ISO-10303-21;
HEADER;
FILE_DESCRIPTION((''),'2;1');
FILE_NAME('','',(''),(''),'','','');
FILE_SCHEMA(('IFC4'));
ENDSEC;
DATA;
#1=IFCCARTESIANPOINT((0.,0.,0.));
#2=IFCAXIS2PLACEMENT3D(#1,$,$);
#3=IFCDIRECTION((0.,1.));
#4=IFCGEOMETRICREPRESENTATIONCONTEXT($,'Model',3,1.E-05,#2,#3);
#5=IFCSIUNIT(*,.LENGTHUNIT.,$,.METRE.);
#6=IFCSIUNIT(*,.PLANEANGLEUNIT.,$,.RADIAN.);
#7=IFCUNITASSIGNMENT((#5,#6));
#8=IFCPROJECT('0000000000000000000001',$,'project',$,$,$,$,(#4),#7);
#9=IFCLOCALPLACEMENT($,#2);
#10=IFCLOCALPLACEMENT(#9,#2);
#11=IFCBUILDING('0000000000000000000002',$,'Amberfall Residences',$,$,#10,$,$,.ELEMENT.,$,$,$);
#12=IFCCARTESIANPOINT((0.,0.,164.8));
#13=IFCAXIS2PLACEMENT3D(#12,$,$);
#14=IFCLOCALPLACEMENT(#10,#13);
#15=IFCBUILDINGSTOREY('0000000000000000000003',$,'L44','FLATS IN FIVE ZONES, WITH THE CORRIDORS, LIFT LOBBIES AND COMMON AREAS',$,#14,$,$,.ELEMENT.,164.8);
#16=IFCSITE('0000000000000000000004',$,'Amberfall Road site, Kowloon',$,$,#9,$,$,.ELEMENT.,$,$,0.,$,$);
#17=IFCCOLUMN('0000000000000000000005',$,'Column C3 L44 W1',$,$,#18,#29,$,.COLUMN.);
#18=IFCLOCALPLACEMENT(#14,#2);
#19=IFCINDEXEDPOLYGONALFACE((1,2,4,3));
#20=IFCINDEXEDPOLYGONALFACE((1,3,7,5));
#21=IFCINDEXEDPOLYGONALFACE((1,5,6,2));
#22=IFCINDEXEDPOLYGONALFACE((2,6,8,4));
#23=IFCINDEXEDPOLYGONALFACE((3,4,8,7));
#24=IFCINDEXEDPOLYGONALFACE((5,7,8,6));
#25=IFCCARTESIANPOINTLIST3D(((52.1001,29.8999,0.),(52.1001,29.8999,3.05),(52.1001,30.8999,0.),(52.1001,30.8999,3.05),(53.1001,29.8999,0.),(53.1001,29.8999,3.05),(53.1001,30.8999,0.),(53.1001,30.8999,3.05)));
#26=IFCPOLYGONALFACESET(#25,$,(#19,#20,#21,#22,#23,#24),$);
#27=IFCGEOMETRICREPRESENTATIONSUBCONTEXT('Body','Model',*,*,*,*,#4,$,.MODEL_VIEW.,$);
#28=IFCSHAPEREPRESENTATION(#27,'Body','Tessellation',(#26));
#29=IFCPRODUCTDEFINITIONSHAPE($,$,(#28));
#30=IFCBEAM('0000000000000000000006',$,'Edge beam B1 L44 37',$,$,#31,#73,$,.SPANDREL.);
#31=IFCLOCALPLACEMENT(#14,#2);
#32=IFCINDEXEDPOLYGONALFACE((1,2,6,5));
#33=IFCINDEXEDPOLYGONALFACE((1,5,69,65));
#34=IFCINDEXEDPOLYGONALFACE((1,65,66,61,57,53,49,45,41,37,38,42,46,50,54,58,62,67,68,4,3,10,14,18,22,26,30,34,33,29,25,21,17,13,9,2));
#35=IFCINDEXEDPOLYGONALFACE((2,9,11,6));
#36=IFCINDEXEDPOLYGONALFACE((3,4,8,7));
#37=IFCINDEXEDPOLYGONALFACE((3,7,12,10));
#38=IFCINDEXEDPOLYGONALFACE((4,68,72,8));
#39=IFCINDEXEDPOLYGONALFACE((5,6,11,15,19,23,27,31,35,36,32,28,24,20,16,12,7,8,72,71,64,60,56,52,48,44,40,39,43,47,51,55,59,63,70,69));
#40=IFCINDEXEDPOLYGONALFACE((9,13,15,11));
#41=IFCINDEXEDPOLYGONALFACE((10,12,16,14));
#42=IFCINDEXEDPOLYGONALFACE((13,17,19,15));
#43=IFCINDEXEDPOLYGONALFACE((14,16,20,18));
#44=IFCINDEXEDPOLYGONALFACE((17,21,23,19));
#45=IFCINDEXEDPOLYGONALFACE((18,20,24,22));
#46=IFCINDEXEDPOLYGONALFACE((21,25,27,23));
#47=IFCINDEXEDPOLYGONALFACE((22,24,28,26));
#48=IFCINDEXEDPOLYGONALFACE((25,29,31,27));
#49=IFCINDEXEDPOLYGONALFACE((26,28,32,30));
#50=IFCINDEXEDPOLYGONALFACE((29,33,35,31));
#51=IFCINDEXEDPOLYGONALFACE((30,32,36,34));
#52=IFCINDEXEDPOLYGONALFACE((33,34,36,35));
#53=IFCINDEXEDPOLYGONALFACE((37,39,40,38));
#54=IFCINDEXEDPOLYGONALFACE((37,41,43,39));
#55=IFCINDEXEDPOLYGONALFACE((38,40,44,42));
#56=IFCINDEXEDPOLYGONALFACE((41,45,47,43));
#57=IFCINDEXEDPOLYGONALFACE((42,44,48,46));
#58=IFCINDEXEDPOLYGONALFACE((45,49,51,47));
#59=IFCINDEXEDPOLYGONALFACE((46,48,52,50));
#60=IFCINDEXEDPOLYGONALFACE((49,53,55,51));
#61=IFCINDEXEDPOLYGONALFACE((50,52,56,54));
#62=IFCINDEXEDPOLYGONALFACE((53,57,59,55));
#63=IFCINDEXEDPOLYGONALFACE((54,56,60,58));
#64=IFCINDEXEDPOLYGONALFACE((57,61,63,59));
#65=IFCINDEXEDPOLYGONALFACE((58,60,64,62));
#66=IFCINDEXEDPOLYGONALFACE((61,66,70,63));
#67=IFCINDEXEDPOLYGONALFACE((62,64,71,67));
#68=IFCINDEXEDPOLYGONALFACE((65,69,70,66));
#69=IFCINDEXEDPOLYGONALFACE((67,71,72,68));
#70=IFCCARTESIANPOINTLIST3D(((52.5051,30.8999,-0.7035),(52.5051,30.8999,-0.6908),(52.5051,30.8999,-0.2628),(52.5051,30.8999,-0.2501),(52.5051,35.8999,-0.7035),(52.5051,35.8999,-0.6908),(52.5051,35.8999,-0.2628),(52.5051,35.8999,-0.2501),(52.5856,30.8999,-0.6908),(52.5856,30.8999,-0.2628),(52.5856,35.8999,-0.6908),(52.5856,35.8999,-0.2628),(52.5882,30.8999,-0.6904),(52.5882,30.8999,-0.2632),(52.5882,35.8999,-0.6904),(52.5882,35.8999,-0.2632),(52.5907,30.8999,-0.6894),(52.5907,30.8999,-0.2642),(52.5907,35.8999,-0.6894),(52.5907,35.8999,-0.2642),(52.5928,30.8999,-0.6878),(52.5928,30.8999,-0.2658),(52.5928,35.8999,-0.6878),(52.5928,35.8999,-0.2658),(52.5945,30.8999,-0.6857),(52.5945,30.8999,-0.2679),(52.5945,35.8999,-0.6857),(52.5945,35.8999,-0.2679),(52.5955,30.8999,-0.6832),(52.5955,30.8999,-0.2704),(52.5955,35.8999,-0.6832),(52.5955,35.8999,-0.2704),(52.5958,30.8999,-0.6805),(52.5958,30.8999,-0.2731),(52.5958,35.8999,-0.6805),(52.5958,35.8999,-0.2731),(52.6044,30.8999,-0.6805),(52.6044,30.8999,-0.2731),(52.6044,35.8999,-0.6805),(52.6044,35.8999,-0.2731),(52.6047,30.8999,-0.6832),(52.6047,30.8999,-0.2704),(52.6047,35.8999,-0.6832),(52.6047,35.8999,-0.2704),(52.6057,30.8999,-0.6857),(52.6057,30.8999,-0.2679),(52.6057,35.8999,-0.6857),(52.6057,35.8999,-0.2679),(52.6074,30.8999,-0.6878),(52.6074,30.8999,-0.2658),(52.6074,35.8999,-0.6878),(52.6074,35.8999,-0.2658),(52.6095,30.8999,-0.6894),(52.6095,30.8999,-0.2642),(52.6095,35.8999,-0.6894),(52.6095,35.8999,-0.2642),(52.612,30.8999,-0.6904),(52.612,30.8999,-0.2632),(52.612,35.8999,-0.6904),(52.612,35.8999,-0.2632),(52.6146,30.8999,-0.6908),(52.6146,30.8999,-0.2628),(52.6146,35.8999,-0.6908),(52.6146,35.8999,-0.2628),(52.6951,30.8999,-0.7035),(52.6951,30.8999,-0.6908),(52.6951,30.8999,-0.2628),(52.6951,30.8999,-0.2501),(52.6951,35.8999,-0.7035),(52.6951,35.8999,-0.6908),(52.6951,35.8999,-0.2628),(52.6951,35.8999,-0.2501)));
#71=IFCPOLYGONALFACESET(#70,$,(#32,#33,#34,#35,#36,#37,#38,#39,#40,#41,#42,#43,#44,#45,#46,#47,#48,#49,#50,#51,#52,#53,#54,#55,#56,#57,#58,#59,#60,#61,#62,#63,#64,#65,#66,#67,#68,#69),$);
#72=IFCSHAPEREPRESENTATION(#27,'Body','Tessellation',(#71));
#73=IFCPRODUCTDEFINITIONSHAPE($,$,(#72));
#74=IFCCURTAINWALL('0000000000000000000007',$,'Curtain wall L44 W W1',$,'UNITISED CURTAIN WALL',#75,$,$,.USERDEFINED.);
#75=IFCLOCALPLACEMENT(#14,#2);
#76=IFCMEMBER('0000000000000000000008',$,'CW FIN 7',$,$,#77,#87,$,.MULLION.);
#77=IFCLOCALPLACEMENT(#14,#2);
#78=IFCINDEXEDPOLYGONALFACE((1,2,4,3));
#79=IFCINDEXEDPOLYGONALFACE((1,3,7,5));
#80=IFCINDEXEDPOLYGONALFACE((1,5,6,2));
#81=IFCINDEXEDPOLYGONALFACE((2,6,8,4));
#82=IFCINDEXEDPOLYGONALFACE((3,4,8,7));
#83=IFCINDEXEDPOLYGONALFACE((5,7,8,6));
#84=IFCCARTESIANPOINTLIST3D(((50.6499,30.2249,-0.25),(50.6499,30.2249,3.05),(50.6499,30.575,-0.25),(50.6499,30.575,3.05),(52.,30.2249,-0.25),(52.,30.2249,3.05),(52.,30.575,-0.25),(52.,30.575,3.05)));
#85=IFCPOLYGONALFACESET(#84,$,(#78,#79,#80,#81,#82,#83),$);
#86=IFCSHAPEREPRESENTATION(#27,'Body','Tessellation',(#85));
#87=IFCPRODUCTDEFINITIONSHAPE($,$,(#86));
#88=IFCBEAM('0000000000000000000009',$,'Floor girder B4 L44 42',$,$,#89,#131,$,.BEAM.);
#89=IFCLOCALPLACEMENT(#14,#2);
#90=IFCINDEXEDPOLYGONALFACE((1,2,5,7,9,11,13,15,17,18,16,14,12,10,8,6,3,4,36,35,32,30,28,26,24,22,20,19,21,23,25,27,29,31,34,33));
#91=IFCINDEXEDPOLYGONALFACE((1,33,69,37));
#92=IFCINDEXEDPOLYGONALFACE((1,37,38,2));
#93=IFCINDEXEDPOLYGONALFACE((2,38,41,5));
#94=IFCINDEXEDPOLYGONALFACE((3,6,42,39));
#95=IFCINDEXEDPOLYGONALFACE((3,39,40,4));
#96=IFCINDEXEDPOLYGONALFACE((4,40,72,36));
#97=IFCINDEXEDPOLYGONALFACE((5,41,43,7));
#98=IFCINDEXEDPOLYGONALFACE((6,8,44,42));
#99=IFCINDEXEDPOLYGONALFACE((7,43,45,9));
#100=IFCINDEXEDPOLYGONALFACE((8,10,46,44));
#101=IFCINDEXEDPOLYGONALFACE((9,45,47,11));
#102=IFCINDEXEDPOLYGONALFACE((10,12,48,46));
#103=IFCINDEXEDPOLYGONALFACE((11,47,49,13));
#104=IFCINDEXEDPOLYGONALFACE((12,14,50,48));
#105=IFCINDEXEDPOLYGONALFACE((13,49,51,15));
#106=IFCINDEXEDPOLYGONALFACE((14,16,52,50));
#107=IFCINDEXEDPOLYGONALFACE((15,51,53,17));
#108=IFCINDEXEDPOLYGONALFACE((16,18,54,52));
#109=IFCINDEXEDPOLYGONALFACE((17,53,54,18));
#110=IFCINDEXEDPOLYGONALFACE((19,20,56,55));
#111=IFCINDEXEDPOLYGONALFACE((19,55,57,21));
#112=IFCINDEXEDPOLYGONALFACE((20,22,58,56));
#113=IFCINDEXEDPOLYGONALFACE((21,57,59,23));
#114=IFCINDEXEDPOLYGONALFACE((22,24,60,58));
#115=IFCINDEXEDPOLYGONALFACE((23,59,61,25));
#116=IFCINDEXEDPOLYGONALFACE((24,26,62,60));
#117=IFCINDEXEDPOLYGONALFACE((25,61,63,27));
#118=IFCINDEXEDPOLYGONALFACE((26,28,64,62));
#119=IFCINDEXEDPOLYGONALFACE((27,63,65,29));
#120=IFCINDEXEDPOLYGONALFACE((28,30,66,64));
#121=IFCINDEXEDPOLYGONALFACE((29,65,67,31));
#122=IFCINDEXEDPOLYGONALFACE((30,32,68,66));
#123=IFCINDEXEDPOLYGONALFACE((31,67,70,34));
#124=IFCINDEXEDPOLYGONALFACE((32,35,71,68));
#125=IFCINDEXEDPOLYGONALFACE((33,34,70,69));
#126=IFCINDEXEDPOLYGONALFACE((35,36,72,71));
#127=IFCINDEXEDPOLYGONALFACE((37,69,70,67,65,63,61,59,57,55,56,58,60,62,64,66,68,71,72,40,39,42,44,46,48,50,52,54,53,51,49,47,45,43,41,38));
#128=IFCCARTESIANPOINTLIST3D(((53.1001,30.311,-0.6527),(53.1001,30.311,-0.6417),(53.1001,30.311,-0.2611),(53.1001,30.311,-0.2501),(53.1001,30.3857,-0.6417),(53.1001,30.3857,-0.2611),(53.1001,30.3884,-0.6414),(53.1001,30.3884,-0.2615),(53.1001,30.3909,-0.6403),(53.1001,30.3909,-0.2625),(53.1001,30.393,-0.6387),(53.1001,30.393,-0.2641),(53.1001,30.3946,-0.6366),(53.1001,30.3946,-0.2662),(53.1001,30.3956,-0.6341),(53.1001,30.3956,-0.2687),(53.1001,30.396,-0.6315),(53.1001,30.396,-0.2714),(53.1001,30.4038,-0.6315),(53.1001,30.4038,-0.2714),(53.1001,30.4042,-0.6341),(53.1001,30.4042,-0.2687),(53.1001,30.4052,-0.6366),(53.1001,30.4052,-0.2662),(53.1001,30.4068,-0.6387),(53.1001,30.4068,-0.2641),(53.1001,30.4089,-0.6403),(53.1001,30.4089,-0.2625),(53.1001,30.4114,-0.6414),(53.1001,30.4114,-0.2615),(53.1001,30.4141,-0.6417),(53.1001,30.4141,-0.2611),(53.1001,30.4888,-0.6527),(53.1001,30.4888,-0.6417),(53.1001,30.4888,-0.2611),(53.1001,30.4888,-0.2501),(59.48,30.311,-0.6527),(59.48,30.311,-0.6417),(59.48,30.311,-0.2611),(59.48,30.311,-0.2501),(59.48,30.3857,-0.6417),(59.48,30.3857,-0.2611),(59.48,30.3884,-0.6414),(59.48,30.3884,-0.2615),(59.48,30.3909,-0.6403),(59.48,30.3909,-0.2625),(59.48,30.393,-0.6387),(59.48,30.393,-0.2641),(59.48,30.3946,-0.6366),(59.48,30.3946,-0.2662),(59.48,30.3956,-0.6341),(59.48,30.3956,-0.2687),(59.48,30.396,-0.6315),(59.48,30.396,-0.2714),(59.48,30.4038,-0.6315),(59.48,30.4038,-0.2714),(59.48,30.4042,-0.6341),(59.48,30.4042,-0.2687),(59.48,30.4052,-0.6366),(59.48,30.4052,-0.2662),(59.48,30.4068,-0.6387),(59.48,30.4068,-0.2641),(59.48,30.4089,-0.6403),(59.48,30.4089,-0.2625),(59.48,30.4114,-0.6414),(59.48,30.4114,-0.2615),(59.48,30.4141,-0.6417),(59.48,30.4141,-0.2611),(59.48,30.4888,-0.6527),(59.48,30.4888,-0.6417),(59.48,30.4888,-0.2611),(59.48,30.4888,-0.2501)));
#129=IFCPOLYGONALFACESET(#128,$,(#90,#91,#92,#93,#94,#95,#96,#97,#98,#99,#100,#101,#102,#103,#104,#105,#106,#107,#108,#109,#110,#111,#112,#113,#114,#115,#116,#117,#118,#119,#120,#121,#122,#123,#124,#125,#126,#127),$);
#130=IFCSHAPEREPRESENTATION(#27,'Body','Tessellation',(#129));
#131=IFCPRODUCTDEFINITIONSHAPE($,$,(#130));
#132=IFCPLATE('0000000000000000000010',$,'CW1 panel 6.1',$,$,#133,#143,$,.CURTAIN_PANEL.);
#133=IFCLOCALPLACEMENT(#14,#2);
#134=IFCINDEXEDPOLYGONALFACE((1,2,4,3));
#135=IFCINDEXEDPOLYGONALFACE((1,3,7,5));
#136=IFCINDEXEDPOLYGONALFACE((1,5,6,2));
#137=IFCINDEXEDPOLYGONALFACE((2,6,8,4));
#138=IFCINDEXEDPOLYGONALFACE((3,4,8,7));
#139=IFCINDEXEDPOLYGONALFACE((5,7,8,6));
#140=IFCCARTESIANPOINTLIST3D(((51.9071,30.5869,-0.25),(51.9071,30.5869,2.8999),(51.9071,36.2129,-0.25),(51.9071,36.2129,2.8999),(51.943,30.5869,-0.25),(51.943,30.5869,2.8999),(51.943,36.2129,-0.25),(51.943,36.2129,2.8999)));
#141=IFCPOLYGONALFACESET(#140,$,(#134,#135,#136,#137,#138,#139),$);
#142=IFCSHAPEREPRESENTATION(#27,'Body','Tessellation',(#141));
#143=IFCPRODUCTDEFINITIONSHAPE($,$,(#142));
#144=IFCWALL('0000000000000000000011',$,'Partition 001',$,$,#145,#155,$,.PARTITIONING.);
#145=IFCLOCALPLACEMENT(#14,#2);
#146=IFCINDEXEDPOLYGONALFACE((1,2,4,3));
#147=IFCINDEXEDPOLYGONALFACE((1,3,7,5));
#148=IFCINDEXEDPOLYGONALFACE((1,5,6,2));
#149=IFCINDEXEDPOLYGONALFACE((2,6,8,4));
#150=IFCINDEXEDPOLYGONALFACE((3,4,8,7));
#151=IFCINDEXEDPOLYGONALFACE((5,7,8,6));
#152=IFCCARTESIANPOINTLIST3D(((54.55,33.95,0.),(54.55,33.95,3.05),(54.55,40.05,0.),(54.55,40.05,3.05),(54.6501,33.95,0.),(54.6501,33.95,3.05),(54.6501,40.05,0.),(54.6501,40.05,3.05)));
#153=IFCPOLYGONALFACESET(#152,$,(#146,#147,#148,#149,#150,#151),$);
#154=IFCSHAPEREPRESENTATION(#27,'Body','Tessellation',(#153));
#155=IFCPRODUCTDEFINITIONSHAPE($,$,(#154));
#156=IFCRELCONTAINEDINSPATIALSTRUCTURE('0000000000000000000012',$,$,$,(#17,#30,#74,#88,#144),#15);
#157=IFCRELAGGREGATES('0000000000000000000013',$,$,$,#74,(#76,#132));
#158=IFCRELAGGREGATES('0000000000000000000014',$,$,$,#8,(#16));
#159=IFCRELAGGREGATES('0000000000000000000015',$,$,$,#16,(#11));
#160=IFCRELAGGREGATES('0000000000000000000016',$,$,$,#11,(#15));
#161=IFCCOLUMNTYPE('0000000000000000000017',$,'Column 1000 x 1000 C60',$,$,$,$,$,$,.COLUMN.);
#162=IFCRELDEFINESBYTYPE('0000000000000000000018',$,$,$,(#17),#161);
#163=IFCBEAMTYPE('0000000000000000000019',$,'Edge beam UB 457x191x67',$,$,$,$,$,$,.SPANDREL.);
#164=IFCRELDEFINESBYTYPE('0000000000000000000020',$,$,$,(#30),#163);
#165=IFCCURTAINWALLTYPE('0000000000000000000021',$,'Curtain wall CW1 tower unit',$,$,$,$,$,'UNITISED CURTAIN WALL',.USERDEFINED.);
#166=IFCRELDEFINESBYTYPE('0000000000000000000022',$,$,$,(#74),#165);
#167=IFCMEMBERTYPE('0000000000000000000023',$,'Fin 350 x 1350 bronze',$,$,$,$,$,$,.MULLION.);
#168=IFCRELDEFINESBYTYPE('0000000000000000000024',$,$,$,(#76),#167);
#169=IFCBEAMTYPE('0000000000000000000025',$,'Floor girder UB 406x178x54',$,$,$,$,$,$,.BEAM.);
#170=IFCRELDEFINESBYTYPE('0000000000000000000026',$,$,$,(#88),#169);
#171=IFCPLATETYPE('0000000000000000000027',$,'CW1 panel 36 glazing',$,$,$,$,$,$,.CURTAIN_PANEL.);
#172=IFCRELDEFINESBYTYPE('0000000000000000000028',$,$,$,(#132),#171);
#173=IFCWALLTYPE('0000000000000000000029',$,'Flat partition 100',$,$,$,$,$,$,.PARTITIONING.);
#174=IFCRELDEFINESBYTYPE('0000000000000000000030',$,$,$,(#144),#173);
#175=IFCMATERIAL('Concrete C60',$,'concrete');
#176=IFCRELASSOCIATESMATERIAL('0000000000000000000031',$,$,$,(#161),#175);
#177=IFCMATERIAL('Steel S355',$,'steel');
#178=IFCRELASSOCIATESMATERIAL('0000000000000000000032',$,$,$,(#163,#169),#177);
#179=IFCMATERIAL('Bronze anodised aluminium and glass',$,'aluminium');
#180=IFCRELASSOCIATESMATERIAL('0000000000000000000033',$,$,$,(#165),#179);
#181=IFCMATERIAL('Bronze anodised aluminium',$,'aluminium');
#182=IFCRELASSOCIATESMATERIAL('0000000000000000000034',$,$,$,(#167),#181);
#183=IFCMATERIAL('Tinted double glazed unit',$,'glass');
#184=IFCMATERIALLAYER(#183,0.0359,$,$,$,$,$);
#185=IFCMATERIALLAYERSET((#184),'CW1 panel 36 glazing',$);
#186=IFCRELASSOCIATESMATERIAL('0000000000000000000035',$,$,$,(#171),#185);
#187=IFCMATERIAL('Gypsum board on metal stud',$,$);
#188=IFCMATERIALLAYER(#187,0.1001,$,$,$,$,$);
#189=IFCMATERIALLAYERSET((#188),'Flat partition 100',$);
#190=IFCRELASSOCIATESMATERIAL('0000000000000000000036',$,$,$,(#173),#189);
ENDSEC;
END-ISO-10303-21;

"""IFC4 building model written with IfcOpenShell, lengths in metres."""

from ifc_helpers import new_model, si_unit, direction, frame, frame_2d, origin, origin_2d, place, context, subcontext, project, spatial, rectangle, i_section, extrude, material, layer, layer_set, material_profile, profile_set, type_object, element, aggregate, save


model = new_model("IFC4")

# Units and contexts
model_context = context("Model", 3, precision=1e-05, world=origin(), true_north=direction((0.0, 1.0)))
body_context = subcontext(model_context, "Body", "Model", "MODEL_VIEW")
ifc_project = project(units=[si_unit("LENGTHUNIT", "METRE"), si_unit("PLANEANGLEUNIT", "RADIAN")], contexts=[model_context])

# Site, building, storey
site_placement = place(None, origin())
site = spatial("IfcSite", under=ifc_project, at=site_placement, Name="Amberfall Road site, Kowloon", CompositionType="ELEMENT", RefElevation=0.0)
building_placement = place(site_placement, origin())
building = spatial("IfcBuilding", under=site, at=building_placement, Name="Amberfall Residences", CompositionType="ELEMENT")
storey_placement = place(building_placement, frame((0.0, 0.0, 164.8)))
storey = spatial("IfcBuildingStorey", under=building, at=storey_placement, Name="L44", Description="FLATS IN FIVE ZONES, WITH THE CORRIDORS, LIFT LOBBIES AND COMMON AREAS", CompositionType="ELEMENT", Elevation=164.8)

# Column
ifc_material_1 = material(Name="Concrete C60", Category="concrete")
ifc_material_profile_1 = material_profile(ifc_material_1, rectangle(XDim=1.0, YDim=1.0, at=origin_2d()), Name="Column 1000 x 1000 C60")
ifc_profile_set_1 = profile_set([ifc_material_profile_1], Name="Concrete C60")
column_type = type_object("IfcColumnType", Name="Column 1000 x 1000 C60", PredefinedType="COLUMN", material=ifc_profile_set_1)
column_placement = place(storey_placement, frame((52.6001, 30.3999, 0.0), z_axis=(0.0, 0.0, 1.0), x_axis=(1.0, 0.0, 0.0)))
element("IfcColumn", 1, at=column_placement, inside=storey, type_object=column_type, Name="Column C3 L44 W1", PredefinedType="COLUMN", context=body_context, shape_type="SweptSolid", body=[
    extrude(rectangle(XDim=1.0, YDim=1.0, at=origin_2d()), origin(), (0.0, 0.0, 1.0), 3.05),
])

# Beam
ifc_material_2 = material(Name="Steel S355", Category="steel")
ifc_material_profile_2 = material_profile(ifc_material_2, i_section(OverallWidth=0.1899, OverallDepth=0.4534, WebThickness=0.0085, FlangeThickness=0.0127, FilletRadius=0.0103, at=origin_2d()), Name="UB 457x191x67")
ifc_profile_set_2 = profile_set([ifc_material_profile_2], Name="Steel S355")
beam_type_1 = type_object("IfcBeamType", Name="Edge beam UB 457x191x67", PredefinedType="SPANDREL", material=ifc_profile_set_2)
beam_1_placement = place(storey_placement, frame((52.6001, 30.8999, -0.4768), z_axis=(0.0, 1.0, 0.0), x_axis=(-1.0, 0.0, 0.0)))
element("IfcBeam", 2, at=beam_1_placement, inside=storey, type_object=beam_type_1, Name="Edge beam B1 L44 37", PredefinedType="SPANDREL", context=body_context, shape_type="SweptSolid", body=[
    extrude(i_section(OverallWidth=0.1899, OverallDepth=0.4534, WebThickness=0.0085, FlangeThickness=0.0127, FilletRadius=0.0103, at=origin_2d()), origin(), (0.0, 0.0, 1.0), 5.0),
])

# Curtain wall, member
ifc_material_3 = material(Name="Bronze anodised aluminium and glass", Category="aluminium")
curtain_wall_type = type_object("IfcCurtainWallType", Name="Curtain wall CW1 tower unit", ElementType="UNITISED CURTAIN WALL", PredefinedType="USERDEFINED", material=ifc_material_3)
curtain_wall_placement = place(storey_placement, origin())
curtain_wall = element("IfcCurtainWall", 3, at=curtain_wall_placement, inside=storey, type_object=curtain_wall_type, Name="Curtain wall L44 W W1", ObjectType="UNITISED CURTAIN WALL", PredefinedType="USERDEFINED")
ifc_material_4 = material(Name="Bronze anodised aluminium", Category="aluminium")
ifc_material_profile_3 = material_profile(ifc_material_4, rectangle(XDim=1.3501, YDim=0.3501, at=origin_2d()), Name="Fin 350 x 1350 bronze")
ifc_profile_set_3 = profile_set([ifc_material_profile_3], Name="Bronze anodised aluminium")
member_type = type_object("IfcMemberType", Name="Fin 350 x 1350 bronze", PredefinedType="MULLION", material=ifc_profile_set_3)
member_placement = place(storey_placement, frame((51.325, 30.3999, -0.25), z_axis=(0.0, 0.0, 1.0), x_axis=(1.0, 0.0, 0.0)))
member = element("IfcMember", 4, at=member_placement, type_object=member_type, Name="CW FIN 7", PredefinedType="MULLION", context=body_context, shape_type="SweptSolid", body=[
    extrude(rectangle(XDim=1.3501, YDim=0.3501, at=origin_2d()), origin(), (0.0, 0.0, 1.0), 3.3),
])

# Beam
ifc_material_profile_4 = material_profile(ifc_material_2, i_section(OverallWidth=0.1777, OverallDepth=0.4026, WebThickness=0.0078, FlangeThickness=0.011, FilletRadius=0.0103, at=origin_2d()), Name="UB 406x178x54")
ifc_profile_set_4 = profile_set([ifc_material_profile_4], Name="Steel S355")
beam_type_2 = type_object("IfcBeamType", Name="Floor girder UB 406x178x54", PredefinedType="BEAM", material=ifc_profile_set_4)
beam_2_placement = place(storey_placement, frame((53.1001, 30.3999, -0.4514), z_axis=(1.0, 0.0, 0.0), x_axis=(0.0, 1.0, 0.0)))
element("IfcBeam", 5, at=beam_2_placement, inside=storey, type_object=beam_type_2, Name="Floor girder B4 L44 42", PredefinedType="BEAM", context=body_context, shape_type="SweptSolid", body=[
    extrude(i_section(OverallWidth=0.1777, OverallDepth=0.4026, WebThickness=0.0078, FlangeThickness=0.011, FilletRadius=0.0103, at=origin_2d()), origin(), (0.0, 0.0, 1.0), 6.3799),
])

# Plate
ifc_material_5 = material(Name="Tinted double glazed unit", Category="glass")
ifc_layer_1 = layer(ifc_material_5, 0.0359)
ifc_layer_set_1 = layer_set([ifc_layer_1], Name="CW1 panel 36 glazing")
plate_type = type_object("IfcPlateType", Name="CW1 panel 36 glazing", PredefinedType="CURTAIN_PANEL", material=ifc_layer_set_1)
plate_placement = place(storey_placement, frame((51.925, 33.3999, -0.25), z_axis=(0.0, 0.0, 1.0), x_axis=(0.0, -1.0, 0.0)))
plate = element("IfcPlate", 6, at=plate_placement, type_object=plate_type, Name="CW1 panel 6.1", PredefinedType="CURTAIN_PANEL", context=body_context, shape_type="SweptSolid", body=[
    extrude(rectangle(XDim=5.626, YDim=0.0359, at=origin_2d()), origin(), (0.0, 0.0, 1.0), 3.1499),
])
aggregate(curtain_wall, [member, plate])

# Wall
ifc_material_6 = material(Name="Gypsum board on metal stud")
ifc_layer_2 = layer(ifc_material_6, 0.1001)
ifc_layer_set_2 = layer_set([ifc_layer_2], Name="Flat partition 100")
wall_type_1 = type_object("IfcWallType", Name="Flat partition 100", PredefinedType="PARTITIONING", material=ifc_layer_set_2)
wall_1_placement = place(storey_placement, frame((54.6001, 33.95, 0.0), z_axis=(0.0, 0.0, 1.0), x_axis=(0.0, 1.0, 0.0)))
element("IfcWall", 7, at=wall_1_placement, inside=storey, type_object=wall_type_1, Name="Partition 001", PredefinedType="PARTITIONING", context=body_context, shape_type="SweptSolid", body=[
    extrude(rectangle(XDim=6.1001, YDim=0.1001, at=frame_2d((3.05, 0.0))), origin(), (0.0, 0.0, 1.0), 3.05),
])

save(model, "model.ifc")
